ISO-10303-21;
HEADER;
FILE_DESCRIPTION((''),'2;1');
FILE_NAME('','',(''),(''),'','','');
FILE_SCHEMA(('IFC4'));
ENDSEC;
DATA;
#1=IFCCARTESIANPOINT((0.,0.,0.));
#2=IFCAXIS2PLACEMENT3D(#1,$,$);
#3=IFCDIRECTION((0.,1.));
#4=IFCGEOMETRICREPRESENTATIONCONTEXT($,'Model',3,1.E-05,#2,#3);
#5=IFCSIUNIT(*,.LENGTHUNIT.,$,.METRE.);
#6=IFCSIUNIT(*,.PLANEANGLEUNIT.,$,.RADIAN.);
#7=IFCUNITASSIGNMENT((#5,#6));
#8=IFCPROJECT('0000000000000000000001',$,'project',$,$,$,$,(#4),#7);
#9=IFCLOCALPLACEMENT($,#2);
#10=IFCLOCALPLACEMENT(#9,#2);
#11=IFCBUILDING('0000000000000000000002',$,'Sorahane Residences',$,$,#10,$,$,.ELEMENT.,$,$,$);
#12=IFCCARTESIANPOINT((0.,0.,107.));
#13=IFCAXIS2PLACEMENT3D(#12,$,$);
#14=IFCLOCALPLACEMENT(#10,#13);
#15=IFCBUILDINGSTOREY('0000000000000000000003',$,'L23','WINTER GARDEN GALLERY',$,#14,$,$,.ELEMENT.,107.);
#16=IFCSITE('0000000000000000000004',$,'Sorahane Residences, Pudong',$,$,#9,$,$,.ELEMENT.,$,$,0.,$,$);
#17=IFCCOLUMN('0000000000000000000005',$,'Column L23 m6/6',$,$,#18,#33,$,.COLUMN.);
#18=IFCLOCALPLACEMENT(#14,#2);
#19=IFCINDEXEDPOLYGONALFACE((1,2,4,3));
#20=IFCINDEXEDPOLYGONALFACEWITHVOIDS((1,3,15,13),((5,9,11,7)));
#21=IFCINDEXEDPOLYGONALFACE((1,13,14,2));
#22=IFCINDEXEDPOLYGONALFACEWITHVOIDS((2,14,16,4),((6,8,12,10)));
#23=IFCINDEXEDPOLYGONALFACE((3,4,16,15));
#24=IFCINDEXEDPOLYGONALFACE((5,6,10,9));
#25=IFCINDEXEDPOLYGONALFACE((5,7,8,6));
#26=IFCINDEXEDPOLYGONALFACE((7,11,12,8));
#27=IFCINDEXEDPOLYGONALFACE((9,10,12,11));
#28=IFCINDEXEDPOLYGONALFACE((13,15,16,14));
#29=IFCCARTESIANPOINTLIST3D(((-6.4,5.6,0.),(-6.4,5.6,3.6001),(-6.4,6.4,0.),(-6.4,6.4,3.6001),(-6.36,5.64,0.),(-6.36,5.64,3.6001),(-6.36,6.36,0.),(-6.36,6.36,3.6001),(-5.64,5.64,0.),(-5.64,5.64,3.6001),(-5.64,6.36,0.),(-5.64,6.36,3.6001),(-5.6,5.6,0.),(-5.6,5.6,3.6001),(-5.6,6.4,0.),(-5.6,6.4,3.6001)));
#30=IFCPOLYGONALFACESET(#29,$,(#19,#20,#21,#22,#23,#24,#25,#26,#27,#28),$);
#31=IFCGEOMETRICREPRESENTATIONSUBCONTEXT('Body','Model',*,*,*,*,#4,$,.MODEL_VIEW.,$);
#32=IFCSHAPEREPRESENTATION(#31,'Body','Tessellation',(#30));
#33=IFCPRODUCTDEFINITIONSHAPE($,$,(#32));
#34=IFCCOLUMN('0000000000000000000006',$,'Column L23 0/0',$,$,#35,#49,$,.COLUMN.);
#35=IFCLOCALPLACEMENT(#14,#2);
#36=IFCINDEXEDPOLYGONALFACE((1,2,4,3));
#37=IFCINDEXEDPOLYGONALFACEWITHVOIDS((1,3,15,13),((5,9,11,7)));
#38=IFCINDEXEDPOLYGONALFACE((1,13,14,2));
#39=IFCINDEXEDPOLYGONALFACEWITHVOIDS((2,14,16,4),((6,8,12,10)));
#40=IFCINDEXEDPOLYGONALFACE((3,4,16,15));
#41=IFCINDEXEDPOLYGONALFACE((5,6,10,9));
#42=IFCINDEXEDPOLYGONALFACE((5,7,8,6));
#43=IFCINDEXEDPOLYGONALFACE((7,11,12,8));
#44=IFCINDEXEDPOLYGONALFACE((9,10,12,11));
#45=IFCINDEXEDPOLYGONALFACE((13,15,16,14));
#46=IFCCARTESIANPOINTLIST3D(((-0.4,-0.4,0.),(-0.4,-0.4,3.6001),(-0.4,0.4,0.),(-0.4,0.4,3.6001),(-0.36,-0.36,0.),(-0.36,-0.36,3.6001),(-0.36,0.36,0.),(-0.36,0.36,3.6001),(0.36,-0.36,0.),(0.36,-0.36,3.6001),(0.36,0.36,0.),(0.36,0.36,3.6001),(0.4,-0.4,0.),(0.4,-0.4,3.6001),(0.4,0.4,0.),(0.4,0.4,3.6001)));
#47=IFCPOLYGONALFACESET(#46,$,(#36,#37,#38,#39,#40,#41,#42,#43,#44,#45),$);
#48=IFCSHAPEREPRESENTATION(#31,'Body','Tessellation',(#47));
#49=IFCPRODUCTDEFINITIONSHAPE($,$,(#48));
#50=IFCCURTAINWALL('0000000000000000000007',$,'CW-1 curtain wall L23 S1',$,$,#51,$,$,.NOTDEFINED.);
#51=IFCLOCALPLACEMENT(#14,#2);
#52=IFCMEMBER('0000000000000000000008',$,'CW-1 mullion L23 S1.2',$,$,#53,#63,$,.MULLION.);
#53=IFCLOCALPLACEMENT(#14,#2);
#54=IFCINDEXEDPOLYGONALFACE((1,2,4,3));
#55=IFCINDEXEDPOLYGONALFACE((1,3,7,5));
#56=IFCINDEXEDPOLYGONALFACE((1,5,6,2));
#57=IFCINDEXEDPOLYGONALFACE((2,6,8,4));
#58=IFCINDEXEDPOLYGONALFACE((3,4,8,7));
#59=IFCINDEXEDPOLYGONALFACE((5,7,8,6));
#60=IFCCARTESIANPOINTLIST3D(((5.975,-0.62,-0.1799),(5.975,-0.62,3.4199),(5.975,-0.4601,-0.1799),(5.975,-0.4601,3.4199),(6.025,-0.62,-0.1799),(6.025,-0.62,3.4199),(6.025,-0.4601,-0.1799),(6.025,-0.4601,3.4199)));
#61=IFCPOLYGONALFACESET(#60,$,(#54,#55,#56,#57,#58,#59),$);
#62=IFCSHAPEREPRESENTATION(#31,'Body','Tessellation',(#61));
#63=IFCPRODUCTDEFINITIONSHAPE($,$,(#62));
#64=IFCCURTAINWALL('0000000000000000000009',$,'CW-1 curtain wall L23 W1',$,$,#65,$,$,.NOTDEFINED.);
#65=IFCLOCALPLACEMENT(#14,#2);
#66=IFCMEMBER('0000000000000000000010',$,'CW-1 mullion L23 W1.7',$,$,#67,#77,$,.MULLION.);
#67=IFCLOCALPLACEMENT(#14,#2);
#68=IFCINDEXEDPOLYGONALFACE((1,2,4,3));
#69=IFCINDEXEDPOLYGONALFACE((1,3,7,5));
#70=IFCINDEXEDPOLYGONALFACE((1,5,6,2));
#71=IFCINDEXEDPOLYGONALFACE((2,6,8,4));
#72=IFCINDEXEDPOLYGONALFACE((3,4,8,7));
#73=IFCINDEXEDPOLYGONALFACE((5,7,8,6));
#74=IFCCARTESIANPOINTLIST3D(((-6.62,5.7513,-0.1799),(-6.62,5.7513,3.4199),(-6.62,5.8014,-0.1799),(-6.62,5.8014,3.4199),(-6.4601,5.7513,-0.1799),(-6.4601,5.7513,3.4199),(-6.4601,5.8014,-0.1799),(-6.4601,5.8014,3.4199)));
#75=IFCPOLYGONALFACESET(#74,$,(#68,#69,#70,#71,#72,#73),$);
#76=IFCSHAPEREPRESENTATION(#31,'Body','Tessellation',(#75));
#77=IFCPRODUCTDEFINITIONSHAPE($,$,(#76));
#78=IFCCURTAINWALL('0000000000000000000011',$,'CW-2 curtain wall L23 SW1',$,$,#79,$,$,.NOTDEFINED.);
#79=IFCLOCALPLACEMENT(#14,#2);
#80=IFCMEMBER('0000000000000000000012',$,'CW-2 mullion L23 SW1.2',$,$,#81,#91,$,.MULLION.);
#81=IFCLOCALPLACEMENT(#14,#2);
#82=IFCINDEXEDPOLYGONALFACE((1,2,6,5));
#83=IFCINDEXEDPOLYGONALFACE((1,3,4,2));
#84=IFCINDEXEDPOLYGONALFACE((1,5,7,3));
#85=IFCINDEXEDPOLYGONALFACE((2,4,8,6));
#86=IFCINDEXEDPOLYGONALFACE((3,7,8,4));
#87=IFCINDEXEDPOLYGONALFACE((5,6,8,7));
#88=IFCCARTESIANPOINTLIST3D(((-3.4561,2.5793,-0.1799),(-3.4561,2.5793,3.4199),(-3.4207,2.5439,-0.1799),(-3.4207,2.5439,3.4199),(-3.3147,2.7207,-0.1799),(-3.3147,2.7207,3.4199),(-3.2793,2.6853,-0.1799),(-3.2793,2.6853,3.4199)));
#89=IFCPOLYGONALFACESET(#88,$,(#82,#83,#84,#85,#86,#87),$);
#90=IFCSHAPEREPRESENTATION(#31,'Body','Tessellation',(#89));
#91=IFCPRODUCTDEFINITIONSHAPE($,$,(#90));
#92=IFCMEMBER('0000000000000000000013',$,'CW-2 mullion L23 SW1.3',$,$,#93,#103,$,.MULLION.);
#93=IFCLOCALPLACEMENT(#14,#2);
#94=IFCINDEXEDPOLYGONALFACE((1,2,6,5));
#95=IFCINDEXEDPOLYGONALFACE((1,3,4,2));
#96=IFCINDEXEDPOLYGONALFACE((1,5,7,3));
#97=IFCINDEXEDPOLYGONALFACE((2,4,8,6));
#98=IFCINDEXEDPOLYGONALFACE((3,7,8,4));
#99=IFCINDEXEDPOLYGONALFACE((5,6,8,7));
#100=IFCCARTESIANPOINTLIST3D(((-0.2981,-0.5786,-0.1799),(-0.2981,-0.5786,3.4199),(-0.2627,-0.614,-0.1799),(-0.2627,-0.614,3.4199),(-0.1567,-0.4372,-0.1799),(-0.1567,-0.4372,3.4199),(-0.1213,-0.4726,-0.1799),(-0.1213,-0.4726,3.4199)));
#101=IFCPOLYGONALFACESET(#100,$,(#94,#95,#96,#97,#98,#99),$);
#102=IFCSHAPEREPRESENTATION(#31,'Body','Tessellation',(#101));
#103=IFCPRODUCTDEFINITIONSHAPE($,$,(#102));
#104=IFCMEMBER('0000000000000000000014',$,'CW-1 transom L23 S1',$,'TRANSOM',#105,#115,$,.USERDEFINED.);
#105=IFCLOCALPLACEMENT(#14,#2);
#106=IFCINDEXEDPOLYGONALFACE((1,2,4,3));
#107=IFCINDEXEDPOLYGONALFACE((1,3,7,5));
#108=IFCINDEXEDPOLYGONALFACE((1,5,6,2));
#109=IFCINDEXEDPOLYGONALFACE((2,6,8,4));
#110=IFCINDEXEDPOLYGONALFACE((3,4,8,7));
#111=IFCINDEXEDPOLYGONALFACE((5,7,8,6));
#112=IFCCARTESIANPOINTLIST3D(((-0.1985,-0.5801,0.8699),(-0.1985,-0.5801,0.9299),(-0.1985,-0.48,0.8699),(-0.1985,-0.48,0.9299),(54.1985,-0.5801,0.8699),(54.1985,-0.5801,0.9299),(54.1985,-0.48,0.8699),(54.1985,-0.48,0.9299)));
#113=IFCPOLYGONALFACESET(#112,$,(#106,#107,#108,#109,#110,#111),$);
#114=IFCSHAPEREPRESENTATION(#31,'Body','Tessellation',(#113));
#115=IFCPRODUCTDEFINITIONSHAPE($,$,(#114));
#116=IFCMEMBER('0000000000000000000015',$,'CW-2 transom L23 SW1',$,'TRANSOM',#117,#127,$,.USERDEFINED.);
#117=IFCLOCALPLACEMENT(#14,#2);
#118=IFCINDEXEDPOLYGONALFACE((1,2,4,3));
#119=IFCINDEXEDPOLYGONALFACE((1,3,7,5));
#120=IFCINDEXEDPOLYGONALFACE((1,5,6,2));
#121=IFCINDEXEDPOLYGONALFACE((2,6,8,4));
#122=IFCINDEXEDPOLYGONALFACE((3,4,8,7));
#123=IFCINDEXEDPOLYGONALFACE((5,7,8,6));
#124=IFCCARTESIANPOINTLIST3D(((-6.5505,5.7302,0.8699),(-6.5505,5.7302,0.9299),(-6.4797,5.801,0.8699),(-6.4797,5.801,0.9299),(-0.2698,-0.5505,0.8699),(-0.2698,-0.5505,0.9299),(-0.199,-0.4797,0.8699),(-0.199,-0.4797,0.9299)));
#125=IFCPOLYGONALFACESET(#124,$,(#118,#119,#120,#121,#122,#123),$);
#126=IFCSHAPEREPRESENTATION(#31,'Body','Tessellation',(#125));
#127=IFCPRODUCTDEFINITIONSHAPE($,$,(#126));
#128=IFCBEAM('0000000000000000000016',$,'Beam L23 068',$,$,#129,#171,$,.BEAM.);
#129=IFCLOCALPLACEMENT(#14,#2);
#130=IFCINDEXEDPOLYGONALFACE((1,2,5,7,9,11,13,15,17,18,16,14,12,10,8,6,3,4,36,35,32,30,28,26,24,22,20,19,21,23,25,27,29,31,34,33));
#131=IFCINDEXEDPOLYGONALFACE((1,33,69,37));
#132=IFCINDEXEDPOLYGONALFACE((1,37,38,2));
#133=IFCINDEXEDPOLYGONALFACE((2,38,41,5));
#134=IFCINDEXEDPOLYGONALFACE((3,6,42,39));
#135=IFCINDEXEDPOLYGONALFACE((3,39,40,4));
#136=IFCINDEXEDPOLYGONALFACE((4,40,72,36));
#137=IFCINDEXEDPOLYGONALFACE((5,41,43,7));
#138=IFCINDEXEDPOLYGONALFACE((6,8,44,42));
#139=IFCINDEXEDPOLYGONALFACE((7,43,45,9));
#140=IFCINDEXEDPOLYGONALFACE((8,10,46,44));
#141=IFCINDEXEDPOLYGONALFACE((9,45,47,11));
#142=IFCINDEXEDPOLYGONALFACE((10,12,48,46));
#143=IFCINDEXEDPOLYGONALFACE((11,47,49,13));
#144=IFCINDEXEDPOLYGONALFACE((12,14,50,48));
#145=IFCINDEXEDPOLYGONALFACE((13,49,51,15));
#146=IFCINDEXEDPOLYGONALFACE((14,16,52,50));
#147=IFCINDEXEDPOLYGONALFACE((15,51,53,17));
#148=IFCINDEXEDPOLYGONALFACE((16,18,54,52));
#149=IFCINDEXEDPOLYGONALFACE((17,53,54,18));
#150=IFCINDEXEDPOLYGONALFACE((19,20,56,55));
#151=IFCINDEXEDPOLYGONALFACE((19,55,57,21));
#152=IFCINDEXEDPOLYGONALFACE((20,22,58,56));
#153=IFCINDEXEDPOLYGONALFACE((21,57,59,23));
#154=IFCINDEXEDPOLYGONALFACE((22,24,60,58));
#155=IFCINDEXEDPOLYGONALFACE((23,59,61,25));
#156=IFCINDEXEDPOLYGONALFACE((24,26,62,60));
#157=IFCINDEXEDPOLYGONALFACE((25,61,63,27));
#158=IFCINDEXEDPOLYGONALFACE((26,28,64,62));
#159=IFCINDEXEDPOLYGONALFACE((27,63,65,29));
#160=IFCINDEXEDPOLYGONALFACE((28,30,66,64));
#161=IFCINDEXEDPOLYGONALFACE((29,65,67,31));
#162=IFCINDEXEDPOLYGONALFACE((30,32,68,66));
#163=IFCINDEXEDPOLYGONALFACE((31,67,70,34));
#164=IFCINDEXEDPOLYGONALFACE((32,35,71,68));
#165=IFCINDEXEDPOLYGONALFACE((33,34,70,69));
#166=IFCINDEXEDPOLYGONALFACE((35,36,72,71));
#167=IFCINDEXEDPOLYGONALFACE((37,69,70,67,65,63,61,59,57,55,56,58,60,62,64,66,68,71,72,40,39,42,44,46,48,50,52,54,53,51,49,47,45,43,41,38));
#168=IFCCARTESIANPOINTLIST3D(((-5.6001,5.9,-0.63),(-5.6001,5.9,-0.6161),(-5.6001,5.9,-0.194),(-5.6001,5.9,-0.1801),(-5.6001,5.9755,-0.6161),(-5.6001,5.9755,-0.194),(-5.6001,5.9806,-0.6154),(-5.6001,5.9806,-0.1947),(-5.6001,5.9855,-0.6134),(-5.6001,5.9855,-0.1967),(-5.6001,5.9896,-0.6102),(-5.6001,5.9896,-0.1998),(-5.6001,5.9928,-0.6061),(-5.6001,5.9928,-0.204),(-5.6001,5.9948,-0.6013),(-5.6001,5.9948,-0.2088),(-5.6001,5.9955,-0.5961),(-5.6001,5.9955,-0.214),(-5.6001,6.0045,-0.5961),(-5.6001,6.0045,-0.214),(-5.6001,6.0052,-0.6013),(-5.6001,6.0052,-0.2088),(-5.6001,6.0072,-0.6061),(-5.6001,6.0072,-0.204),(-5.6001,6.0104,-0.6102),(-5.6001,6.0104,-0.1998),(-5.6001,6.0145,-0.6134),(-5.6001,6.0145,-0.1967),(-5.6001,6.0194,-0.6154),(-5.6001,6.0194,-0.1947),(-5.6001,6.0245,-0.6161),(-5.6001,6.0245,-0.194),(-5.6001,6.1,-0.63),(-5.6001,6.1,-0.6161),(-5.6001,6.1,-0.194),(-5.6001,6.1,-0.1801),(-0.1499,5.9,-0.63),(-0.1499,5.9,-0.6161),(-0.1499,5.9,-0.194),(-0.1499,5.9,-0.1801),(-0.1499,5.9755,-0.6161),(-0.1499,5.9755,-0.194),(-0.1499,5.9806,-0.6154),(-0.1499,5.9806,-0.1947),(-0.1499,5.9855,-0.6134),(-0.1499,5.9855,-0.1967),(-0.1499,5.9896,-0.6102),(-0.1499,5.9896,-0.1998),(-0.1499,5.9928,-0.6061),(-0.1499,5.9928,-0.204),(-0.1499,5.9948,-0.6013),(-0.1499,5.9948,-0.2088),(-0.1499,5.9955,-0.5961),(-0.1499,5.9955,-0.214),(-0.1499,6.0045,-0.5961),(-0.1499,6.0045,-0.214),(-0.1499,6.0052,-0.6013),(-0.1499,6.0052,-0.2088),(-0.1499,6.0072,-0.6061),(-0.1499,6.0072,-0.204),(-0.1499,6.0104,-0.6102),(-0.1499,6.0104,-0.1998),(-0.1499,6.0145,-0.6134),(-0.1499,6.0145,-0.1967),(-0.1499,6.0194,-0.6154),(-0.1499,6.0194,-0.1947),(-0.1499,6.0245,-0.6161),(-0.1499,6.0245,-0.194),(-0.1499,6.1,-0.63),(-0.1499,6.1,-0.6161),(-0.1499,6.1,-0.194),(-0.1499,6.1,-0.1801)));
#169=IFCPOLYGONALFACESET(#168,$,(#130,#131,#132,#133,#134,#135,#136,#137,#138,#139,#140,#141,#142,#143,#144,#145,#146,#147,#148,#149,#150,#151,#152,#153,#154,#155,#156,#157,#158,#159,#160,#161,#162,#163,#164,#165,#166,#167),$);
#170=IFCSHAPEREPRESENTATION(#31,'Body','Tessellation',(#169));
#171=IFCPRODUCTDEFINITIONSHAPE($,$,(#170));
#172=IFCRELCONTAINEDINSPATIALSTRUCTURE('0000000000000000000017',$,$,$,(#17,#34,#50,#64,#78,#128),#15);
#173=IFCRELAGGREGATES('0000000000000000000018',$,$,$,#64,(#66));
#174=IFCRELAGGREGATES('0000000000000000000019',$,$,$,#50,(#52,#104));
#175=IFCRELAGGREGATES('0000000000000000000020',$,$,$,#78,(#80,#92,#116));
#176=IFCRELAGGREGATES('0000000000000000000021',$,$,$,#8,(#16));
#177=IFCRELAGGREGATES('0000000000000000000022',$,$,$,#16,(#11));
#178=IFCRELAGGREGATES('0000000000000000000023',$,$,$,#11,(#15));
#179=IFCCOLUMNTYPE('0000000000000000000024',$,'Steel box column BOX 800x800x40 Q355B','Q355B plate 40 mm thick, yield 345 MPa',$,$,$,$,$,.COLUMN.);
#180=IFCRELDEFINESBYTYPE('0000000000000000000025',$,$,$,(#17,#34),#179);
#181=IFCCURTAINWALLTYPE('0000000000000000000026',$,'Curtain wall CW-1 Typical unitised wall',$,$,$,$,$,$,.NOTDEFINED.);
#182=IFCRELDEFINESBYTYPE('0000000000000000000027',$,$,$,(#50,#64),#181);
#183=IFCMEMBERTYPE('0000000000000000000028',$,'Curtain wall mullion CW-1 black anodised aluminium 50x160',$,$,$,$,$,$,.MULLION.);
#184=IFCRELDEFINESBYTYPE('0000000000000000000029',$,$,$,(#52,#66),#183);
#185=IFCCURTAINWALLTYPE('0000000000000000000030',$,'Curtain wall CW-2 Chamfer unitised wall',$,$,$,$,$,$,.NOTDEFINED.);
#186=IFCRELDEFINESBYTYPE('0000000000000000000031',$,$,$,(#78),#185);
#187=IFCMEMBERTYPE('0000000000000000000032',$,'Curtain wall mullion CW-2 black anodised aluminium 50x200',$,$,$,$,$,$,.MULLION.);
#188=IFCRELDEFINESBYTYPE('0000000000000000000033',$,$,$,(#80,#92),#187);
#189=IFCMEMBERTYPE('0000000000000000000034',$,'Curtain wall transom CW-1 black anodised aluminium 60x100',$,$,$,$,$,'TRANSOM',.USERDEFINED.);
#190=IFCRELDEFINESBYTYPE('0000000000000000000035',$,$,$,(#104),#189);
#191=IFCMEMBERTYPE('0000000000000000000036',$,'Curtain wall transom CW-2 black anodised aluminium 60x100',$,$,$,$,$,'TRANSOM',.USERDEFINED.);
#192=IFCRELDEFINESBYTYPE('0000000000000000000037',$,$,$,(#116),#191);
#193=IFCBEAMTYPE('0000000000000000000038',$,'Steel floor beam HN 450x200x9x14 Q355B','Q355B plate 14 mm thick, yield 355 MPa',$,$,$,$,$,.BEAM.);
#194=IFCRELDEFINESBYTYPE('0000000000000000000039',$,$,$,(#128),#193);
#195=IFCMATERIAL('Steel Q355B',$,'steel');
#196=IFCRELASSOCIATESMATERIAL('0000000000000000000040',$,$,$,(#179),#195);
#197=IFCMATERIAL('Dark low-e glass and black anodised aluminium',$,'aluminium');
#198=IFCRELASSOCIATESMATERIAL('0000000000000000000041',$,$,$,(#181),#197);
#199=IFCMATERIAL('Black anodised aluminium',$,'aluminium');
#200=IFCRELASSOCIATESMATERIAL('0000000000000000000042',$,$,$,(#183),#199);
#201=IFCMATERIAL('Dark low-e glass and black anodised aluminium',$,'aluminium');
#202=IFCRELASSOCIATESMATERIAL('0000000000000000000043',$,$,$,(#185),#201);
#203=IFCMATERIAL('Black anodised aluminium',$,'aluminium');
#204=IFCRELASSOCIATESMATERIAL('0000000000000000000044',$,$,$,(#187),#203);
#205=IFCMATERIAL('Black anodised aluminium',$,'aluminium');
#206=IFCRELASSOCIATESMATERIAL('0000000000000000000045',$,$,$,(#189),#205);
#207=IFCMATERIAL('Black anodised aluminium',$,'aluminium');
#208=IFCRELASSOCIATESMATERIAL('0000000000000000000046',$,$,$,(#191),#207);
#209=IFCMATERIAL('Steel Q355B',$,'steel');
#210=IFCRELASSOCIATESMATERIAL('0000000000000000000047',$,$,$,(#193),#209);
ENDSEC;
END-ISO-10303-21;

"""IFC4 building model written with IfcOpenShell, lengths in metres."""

from ifc_helpers import new_model, si_unit, direction, frame, origin, origin_2d, place, context, subcontext, project, spatial, rectangle, hollow_rectangle, i_section, extrude, material, material_profile, profile_set, type_object, element, aggregate, save


model = new_model("IFC4")

# Units and contexts
model_context = context("Model", 3, precision=1e-05, world=origin(), true_north=direction((0.0, 1.0)))
body_context = subcontext(model_context, "Body", "Model", "MODEL_VIEW")
ifc_project = project(units=[si_unit("LENGTHUNIT", "METRE"), si_unit("PLANEANGLEUNIT", "RADIAN")], contexts=[model_context])

# Site, building, storey
site_placement = place(None, origin())
site = spatial("IfcSite", under=ifc_project, at=site_placement, Name="Sorahane Residences, Pudong", CompositionType="ELEMENT", RefElevation=0.0)
building_placement = place(site_placement, origin())
building = spatial("IfcBuilding", under=site, at=building_placement, Name="Sorahane Residences", CompositionType="ELEMENT")
storey_placement = place(building_placement, frame((0.0, 0.0, 107.0)))
storey = spatial("IfcBuildingStorey", under=building, at=storey_placement, Name="L23", Description="WINTER GARDEN GALLERY", CompositionType="ELEMENT", Elevation=107.0)

# Columns
ifc_material_1 = material(Name="Steel Q355B", Category="steel")
ifc_material_profile_1 = material_profile(ifc_material_1, hollow_rectangle(XDim=0.8, YDim=0.8, WallThickness=0.04, at=origin_2d()), Name="BOX 800x800x40")
ifc_profile_set_1 = profile_set([ifc_material_profile_1], Name="Steel Q355B")
column_type = type_object("IfcColumnType", Name="Steel box column BOX 800x800x40 Q355B", Description="Q355B plate 40 mm thick, yield 345 MPa", PredefinedType="COLUMN", material=ifc_profile_set_1)
for number, where, z_axis, x_axis, name in (
    (1, (-6.0, 6.0, 0.0), (0.0, 0.0, 1.0), (1.0, 0.0, 0.0), "Column L23 m6/6"),
    (2, (0.0, 0.0, 0.0), (0.0, 0.0, 1.0), (1.0, 0.0, 0.0), "Column L23 0/0"),
):
    element("IfcColumn", number, at=place(storey_placement, frame(where, z_axis=z_axis, x_axis=x_axis)), inside=storey, type_object=column_type, Name=name, PredefinedType="COLUMN", context=body_context, shape_type="SweptSolid", body=[
        extrude(hollow_rectangle(XDim=0.8, YDim=0.8, WallThickness=0.04, at=origin_2d()), origin(), (0.0, 0.0, 1.0), 3.6001),
    ])

# Curtain walls, members
ifc_material_2 = material(Name="Dark low-e glass and black anodised aluminium", Category="aluminium")
curtain_wall_type_1 = type_object("IfcCurtainWallType", Name="Curtain wall CW-1 Typical unitised wall", PredefinedType="NOTDEFINED", material=ifc_material_2)
curtain_wall_1_placement = place(storey_placement, origin())
curtain_wall_1 = element("IfcCurtainWall", 3, at=curtain_wall_1_placement, inside=storey, type_object=curtain_wall_type_1, Name="CW-1 curtain wall L23 S1", PredefinedType="NOTDEFINED")
ifc_material_3 = material(Name="Black anodised aluminium", Category="aluminium")
ifc_material_profile_2 = material_profile(ifc_material_3, rectangle(XDim=0.1599, YDim=0.05, at=origin_2d()), Name="Curtain wall mullion CW-1 black anodised aluminium 50x160")
ifc_profile_set_2 = profile_set([ifc_material_profile_2], Name="Black anodised aluminium")
member_type_1 = type_object("IfcMemberType", Name="Curtain wall mullion CW-1 black anodised aluminium 50x160", PredefinedType="MULLION", material=ifc_profile_set_2)
member_1_placement = place(storey_placement, frame((6.0, -0.54, -0.1799), z_axis=(0.0, 0.0, 1.0), x_axis=(0.0, -1.0, 0.0)))
member_1 = element("IfcMember", 4, at=member_1_placement, type_object=member_type_1, Name="CW-1 mullion L23 S1.2", PredefinedType="MULLION", context=body_context, shape_type="SweptSolid", body=[
    extrude(rectangle(XDim=0.1599, YDim=0.05, at=origin_2d()), origin(), (0.0, 0.0, 1.0), 3.5999),
])
curtain_wall_2_placement = place(storey_placement, origin())
curtain_wall_2 = element("IfcCurtainWall", 5, at=curtain_wall_2_placement, inside=storey, type_object=curtain_wall_type_1, Name="CW-1 curtain wall L23 W1", PredefinedType="NOTDEFINED")
member_2_placement = place(storey_placement, frame((-6.54, 5.7764, -0.1799), z_axis=(0.0, 0.0, 1.0), x_axis=(-1.0, 0.0, 0.0)))
member_2 = element("IfcMember", 6, at=member_2_placement, type_object=member_type_1, Name="CW-1 mullion L23 W1.7", PredefinedType="MULLION", context=body_context, shape_type="SweptSolid", body=[
    extrude(rectangle(XDim=0.1599, YDim=0.05, at=origin_2d()), origin(), (0.0, 0.0, 1.0), 3.5999),
])
aggregate(curtain_wall_2, [member_2])

# Curtain wall, members
ifc_material_4 = material(Name="Dark low-e glass and black anodised aluminium", Category="aluminium")
curtain_wall_type_2 = type_object("IfcCurtainWallType", Name="Curtain wall CW-2 Chamfer unitised wall", PredefinedType="NOTDEFINED", material=ifc_material_4)
curtain_wall_3_placement = place(storey_placement, origin())
curtain_wall_3 = element("IfcCurtainWall", 7, at=curtain_wall_3_placement, inside=storey, type_object=curtain_wall_type_2, Name="CW-2 curtain wall L23 SW1", PredefinedType="NOTDEFINED")
ifc_material_5 = material(Name="Black anodised aluminium", Category="aluminium")
ifc_material_profile_3 = material_profile(ifc_material_5, rectangle(XDim=0.2, YDim=0.05, at=origin_2d()), Name="Curtain wall mullion CW-2 black anodised aluminium 50x200")
ifc_profile_set_3 = profile_set([ifc_material_profile_3], Name="Black anodised aluminium")
member_type_2 = type_object("IfcMemberType", Name="Curtain wall mullion CW-2 black anodised aluminium 50x200", PredefinedType="MULLION", material=ifc_profile_set_3)
member_3_placement = place(storey_placement, frame((-3.3677, 2.6323, -0.1799), z_axis=(0.0, 0.0, 1.0), x_axis=(-0.707107, -0.707107, 0.0)))
member_3 = element("IfcMember", 8, at=member_3_placement, type_object=member_type_2, Name="CW-2 mullion L23 SW1.2", PredefinedType="MULLION", context=body_context, shape_type="SweptSolid", body=[
    extrude(rectangle(XDim=0.2, YDim=0.05, at=origin_2d()), origin(), (0.0, 0.0, 1.0), 3.5999),
])
member_4_placement = place(storey_placement, frame((-0.2097, -0.5256, -0.1799), z_axis=(0.0, 0.0, 1.0), x_axis=(-0.707107, -0.707107, 0.0)))
member_4 = element("IfcMember", 9, at=member_4_placement, type_object=member_type_2, Name="CW-2 mullion L23 SW1.3", PredefinedType="MULLION", context=body_context, shape_type="SweptSolid", body=[
    extrude(rectangle(XDim=0.2, YDim=0.05, at=origin_2d()), origin(), (0.0, 0.0, 1.0), 3.5999),
])

# Members
ifc_material_6 = material(Name="Black anodised aluminium", Category="aluminium")
ifc_material_profile_4 = material_profile(ifc_material_6, rectangle(XDim=0.1001, YDim=0.0601, at=origin_2d()), Name="Curtain wall transom CW-1 black anodised aluminium 60x100")
ifc_profile_set_4 = profile_set([ifc_material_profile_4], Name="Black anodised aluminium")
member_type_3 = type_object("IfcMemberType", Name="Curtain wall transom CW-1 black anodised aluminium 60x100", ElementType="TRANSOM", PredefinedType="USERDEFINED", material=ifc_profile_set_4)
member_5_placement = place(storey_placement, frame((-0.1985, -0.53, 0.8999), z_axis=(1.0, 0.0, 0.0), x_axis=(0.0, 1.0, 0.0)))
member_5 = element("IfcMember", 10, at=member_5_placement, type_object=member_type_3, Name="CW-1 transom L23 S1", ObjectType="TRANSOM", PredefinedType="USERDEFINED", context=body_context, shape_type="SweptSolid", body=[
    extrude(rectangle(XDim=0.1001, YDim=0.0601, at=origin_2d()), origin(), (0.0, 0.0, 1.0), 54.397),
])
ifc_material_7 = material(Name="Black anodised aluminium", Category="aluminium")
ifc_material_profile_5 = material_profile(ifc_material_7, rectangle(XDim=0.1001, YDim=0.0601, at=origin_2d()), Name="Curtain wall transom CW-2 black anodised aluminium 60x100")
ifc_profile_set_5 = profile_set([ifc_material_profile_5], Name="Black anodised aluminium")
member_type_4 = type_object("IfcMemberType", Name="Curtain wall transom CW-2 black anodised aluminium 60x100", ElementType="TRANSOM", PredefinedType="USERDEFINED", material=ifc_profile_set_5)
member_6_placement = place(storey_placement, frame((-6.5151, 5.7656, 0.8999), z_axis=(0.707107, -0.707107, 0.0), x_axis=(0.707107, 0.707107, 0.0)))
member_6 = element("IfcMember", 11, at=member_6_placement, type_object=member_type_4, Name="CW-2 transom L23 SW1", ObjectType="TRANSOM", PredefinedType="USERDEFINED", context=body_context, shape_type="SweptSolid", body=[
    extrude(rectangle(XDim=0.1001, YDim=0.0601, at=origin_2d()), origin(), (0.0, 0.0, 1.0), 8.8823),
])

# Beam
ifc_material_8 = material(Name="Steel Q355B", Category="steel")
ifc_material_profile_6 = material_profile(ifc_material_8, i_section(OverallWidth=0.2, OverallDepth=0.45, WebThickness=0.009, FlangeThickness=0.0139, FilletRadius=0.02, at=origin_2d()), Name="HN 450x200x9x14")
ifc_profile_set_6 = profile_set([ifc_material_profile_6], Name="Steel Q355B")
beam_type_1 = type_object("IfcBeamType", Name="Steel floor beam HN 450x200x9x14 Q355B", Description="Q355B plate 14 mm thick, yield 355 MPa", PredefinedType="BEAM", material=ifc_profile_set_6)
beam_1_placement = place(storey_placement, frame((-5.6001, 6.0, -0.405), z_axis=(1.0, 0.0, 0.0), x_axis=(0.0, 1.0, 0.0)))
element("IfcBeam", 12, at=beam_1_placement, inside=storey, type_object=beam_type_1, Name="Beam L23 068", PredefinedType="BEAM", context=body_context, shape_type="SweptSolid", body=[
    extrude(i_section(OverallWidth=0.2, OverallDepth=0.45, WebThickness=0.009, FlangeThickness=0.0139, FilletRadius=0.02, at=origin_2d()), origin(), (0.0, 0.0, 1.0), 5.4502),
])

aggregate(curtain_wall_1, [member_1, member_5])
aggregate(curtain_wall_3, [member_3, member_4, member_6])

save(model, "model.ifc")
